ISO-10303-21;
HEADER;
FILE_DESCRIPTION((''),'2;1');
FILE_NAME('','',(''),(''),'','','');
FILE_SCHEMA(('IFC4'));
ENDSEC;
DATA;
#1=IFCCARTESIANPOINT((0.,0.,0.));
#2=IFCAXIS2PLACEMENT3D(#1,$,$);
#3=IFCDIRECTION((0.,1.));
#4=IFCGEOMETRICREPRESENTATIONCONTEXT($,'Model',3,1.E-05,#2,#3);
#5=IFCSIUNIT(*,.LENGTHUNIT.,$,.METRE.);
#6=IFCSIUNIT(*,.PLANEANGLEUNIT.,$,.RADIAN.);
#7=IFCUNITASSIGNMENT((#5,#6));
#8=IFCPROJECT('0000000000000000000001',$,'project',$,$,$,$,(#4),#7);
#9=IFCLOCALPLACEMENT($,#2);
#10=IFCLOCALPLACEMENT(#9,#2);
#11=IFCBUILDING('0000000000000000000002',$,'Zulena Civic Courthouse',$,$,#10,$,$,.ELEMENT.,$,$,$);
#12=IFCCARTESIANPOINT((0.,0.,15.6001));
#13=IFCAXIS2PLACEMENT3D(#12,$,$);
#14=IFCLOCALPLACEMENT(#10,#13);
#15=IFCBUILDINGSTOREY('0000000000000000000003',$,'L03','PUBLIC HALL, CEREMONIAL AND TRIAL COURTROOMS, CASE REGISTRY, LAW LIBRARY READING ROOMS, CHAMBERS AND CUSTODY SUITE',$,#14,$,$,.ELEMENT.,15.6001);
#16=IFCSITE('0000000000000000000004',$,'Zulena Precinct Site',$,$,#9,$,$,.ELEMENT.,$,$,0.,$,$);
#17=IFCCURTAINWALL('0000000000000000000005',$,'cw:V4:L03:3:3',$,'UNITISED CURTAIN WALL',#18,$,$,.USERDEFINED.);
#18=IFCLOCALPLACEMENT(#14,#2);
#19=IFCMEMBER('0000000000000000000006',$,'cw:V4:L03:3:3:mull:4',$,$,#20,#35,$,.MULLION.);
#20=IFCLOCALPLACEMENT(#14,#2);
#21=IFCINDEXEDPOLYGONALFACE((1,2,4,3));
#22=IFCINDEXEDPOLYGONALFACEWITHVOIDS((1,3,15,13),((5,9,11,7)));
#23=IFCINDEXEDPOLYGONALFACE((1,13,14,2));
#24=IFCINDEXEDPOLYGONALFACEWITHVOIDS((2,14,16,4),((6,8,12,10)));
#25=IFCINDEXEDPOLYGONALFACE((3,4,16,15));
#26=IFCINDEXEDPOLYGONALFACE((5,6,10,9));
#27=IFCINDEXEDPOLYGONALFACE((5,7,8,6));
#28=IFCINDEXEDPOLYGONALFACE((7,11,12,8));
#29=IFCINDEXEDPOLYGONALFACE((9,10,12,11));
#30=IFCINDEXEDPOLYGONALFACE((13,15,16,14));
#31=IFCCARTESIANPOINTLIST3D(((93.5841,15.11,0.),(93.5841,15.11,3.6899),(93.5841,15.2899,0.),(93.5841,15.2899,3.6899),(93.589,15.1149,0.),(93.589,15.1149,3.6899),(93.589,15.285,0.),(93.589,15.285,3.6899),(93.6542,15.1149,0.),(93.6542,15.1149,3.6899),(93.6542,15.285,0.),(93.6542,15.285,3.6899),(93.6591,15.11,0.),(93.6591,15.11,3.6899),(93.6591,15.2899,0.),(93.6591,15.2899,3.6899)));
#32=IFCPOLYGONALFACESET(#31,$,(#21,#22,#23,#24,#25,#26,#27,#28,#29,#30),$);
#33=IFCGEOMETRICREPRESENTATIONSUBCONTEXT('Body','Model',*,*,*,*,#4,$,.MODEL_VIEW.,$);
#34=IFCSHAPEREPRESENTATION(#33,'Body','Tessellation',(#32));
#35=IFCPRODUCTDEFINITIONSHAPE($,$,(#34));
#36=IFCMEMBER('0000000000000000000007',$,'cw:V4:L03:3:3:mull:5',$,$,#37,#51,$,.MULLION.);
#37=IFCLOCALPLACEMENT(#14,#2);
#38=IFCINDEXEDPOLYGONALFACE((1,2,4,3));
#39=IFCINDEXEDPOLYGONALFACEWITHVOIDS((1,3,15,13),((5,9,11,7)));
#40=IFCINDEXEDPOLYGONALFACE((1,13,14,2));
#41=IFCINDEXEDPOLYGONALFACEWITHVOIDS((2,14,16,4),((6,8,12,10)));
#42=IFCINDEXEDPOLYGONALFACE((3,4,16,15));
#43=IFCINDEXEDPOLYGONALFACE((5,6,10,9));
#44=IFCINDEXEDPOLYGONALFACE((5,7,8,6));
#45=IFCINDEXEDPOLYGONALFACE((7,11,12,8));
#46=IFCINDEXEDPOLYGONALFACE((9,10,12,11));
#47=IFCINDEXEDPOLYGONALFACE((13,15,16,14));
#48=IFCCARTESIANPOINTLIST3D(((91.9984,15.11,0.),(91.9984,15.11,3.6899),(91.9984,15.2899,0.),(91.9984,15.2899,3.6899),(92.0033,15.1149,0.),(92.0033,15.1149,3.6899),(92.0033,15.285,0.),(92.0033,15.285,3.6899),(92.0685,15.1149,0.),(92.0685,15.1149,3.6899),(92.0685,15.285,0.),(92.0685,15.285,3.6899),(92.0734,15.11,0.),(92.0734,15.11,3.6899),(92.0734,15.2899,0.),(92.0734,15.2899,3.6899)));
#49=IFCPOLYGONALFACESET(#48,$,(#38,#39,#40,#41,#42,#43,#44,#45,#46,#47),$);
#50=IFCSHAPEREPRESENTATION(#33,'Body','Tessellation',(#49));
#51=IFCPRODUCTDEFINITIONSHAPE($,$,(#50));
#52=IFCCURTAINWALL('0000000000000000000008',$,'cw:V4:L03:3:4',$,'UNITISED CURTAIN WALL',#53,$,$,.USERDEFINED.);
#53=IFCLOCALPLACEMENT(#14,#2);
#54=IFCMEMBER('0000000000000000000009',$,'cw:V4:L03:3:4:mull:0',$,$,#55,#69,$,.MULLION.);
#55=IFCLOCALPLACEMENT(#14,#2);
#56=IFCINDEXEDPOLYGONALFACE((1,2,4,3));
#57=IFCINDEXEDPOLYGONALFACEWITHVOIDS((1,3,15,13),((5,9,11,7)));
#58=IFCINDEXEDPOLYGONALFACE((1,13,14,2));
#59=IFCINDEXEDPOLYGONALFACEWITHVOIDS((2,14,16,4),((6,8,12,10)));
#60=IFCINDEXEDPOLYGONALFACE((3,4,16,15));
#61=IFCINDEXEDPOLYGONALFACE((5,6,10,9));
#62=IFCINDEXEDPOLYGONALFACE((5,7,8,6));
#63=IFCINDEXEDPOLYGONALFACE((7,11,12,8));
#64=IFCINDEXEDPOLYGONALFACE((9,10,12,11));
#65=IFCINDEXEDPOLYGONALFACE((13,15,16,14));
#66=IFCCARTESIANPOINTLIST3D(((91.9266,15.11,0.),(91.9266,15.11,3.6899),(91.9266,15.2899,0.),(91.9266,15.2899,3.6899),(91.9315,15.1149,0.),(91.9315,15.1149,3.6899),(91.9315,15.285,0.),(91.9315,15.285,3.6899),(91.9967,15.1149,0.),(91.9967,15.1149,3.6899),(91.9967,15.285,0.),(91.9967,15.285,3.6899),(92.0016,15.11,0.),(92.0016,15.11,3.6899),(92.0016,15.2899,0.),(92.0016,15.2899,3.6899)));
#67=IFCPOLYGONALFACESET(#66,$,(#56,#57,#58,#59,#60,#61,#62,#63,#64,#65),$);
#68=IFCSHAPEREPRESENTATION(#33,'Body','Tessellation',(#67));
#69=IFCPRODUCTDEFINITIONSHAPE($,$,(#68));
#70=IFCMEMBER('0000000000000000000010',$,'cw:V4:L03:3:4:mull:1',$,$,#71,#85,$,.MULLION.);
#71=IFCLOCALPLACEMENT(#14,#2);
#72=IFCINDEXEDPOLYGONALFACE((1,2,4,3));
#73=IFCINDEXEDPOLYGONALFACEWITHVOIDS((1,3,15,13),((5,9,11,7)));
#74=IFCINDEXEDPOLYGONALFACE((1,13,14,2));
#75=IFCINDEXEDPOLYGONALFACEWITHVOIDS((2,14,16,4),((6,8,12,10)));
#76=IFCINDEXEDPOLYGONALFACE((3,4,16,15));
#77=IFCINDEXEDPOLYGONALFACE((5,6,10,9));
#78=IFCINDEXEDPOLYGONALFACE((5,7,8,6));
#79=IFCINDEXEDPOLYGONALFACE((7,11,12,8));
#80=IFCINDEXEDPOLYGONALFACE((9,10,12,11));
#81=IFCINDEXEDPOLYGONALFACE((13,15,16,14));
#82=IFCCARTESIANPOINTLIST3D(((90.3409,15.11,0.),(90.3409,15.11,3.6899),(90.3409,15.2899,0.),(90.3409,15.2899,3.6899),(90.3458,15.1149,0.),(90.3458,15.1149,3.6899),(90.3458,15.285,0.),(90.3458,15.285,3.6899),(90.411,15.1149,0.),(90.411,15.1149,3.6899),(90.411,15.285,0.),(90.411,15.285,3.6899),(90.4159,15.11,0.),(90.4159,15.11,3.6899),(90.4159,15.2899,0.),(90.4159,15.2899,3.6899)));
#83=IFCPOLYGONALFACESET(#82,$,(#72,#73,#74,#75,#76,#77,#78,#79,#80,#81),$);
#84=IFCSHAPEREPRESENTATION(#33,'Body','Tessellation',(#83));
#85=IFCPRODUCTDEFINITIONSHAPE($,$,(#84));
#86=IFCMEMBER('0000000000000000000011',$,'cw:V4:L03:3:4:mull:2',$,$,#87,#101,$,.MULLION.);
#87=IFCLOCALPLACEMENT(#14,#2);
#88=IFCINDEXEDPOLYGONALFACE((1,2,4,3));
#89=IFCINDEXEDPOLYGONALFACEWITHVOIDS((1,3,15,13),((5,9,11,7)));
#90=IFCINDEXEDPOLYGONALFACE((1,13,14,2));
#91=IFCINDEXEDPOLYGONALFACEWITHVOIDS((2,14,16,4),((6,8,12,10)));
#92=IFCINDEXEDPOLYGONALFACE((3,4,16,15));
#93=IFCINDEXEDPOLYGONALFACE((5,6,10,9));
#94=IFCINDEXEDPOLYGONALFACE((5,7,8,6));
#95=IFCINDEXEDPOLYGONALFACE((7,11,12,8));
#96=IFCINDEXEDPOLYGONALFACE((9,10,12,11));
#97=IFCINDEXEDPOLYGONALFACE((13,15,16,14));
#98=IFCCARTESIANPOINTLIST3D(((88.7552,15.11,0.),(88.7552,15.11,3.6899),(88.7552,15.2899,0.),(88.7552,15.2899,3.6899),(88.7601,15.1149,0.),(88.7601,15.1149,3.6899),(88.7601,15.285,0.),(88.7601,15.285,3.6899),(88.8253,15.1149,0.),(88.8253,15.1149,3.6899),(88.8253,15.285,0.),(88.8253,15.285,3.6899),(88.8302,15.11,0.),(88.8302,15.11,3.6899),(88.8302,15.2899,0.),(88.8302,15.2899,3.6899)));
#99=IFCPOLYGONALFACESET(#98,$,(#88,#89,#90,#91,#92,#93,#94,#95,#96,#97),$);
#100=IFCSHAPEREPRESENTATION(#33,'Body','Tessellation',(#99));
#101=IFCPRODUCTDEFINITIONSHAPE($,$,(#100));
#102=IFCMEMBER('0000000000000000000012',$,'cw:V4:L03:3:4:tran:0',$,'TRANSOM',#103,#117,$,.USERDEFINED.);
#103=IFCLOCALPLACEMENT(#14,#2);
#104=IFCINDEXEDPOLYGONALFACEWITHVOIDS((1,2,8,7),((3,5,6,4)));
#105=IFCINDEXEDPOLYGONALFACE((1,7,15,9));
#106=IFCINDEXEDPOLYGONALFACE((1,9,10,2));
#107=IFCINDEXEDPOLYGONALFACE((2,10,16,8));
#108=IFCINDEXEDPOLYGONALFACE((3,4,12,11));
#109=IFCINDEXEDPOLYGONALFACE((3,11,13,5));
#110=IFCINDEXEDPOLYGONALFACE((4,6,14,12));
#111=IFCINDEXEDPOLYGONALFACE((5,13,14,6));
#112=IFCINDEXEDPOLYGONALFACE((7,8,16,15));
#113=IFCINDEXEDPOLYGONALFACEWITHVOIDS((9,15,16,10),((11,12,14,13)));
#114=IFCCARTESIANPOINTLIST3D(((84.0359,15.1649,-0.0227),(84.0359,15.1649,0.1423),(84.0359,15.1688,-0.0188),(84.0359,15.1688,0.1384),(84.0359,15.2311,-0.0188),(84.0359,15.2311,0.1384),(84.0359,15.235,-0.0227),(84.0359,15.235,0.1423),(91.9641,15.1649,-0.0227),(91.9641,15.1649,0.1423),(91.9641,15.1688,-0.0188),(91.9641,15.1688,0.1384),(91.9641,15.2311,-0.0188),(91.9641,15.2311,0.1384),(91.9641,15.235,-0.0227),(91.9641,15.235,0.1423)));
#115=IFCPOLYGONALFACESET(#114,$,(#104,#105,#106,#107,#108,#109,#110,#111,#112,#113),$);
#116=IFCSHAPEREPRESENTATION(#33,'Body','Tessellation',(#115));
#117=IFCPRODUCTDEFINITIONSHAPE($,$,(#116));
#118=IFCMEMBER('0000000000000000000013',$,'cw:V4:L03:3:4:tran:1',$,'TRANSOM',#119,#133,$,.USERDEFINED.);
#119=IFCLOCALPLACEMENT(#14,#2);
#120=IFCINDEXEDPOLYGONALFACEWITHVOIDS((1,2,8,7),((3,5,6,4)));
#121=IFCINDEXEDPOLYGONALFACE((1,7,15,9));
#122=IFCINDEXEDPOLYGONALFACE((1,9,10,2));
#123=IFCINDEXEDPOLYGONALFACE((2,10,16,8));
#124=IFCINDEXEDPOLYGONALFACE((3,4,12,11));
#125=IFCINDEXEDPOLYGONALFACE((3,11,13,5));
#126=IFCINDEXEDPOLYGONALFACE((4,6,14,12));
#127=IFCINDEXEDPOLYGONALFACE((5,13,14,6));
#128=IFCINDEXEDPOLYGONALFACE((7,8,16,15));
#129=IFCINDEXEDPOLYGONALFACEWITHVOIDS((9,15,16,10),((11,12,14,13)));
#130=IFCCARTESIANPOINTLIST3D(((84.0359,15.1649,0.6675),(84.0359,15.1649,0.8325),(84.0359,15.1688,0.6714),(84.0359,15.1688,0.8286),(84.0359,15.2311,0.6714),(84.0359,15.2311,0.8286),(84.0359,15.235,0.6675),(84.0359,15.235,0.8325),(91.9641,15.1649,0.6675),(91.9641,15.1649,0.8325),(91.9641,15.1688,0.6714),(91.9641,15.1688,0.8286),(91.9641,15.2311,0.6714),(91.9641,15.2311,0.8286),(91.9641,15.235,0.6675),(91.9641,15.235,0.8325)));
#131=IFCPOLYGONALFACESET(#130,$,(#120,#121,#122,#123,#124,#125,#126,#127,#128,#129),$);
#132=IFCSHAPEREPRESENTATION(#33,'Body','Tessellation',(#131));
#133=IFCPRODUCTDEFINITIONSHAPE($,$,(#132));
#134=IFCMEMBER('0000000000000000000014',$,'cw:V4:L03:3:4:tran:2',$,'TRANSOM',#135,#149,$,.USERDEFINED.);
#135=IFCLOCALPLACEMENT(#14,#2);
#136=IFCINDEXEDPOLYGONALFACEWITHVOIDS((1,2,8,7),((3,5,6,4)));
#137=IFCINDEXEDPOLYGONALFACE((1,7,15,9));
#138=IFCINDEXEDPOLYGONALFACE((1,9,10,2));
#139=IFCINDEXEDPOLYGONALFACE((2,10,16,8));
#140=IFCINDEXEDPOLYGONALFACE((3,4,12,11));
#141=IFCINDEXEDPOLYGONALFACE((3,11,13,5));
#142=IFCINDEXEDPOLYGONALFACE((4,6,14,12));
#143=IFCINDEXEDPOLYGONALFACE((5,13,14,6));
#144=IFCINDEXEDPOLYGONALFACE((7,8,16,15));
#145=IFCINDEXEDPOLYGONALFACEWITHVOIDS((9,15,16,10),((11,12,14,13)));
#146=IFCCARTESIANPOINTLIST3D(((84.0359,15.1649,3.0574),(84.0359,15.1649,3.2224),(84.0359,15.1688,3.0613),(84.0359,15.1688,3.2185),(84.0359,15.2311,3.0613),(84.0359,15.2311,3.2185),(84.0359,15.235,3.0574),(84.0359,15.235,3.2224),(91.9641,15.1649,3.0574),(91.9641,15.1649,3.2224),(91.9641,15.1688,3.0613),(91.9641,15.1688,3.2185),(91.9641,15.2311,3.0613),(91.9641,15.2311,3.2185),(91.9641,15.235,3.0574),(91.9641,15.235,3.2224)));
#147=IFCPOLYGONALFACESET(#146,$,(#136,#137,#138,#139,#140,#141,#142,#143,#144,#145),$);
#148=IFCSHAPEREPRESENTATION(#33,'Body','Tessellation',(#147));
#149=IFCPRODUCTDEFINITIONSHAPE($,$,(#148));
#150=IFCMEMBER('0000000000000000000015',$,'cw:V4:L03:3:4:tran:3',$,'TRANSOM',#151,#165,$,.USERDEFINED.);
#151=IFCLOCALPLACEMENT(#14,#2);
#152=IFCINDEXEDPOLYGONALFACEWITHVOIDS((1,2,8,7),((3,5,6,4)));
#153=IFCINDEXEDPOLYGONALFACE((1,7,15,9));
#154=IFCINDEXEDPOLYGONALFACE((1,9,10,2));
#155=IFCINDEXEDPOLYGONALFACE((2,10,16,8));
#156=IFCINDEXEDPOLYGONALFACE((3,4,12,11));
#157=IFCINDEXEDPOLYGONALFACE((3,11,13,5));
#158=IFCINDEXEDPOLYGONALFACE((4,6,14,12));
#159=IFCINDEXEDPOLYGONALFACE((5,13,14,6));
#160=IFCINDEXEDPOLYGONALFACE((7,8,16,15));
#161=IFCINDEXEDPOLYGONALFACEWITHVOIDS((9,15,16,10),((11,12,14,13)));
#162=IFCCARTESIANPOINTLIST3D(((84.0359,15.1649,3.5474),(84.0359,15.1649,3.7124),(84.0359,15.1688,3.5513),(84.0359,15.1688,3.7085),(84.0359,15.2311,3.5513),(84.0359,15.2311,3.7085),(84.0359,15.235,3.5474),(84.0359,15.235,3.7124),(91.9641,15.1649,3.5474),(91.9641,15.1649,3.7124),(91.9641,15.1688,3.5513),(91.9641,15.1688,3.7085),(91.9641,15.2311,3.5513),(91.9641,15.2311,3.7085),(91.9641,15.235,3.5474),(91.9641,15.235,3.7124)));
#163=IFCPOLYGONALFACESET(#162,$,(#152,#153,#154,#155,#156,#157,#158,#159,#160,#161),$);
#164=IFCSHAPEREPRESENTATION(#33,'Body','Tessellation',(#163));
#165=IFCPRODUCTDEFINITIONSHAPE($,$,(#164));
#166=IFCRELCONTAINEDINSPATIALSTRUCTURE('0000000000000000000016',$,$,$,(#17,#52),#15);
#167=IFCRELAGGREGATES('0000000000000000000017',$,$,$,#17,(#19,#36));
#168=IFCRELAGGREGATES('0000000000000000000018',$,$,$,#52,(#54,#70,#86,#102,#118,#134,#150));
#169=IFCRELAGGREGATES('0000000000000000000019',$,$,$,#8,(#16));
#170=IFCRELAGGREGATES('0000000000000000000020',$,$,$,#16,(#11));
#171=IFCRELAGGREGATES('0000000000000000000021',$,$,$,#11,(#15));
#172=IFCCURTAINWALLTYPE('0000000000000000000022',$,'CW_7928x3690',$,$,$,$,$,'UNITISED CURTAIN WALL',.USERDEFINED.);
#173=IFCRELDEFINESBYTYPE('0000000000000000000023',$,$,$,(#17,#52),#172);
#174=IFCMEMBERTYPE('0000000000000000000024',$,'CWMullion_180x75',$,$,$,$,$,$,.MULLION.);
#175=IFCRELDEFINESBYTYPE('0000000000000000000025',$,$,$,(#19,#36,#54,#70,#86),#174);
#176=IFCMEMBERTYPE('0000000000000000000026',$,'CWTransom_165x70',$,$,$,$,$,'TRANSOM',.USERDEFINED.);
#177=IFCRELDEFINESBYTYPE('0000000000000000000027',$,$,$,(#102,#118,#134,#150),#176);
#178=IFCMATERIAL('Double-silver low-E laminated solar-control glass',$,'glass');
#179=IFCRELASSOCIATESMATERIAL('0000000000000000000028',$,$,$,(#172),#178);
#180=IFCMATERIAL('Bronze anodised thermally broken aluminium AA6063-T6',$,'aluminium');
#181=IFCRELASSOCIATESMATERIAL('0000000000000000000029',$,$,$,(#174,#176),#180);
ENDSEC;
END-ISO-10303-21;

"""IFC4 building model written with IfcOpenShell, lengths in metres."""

from ifc_helpers import new_model, si_unit, direction, frame, origin, origin_2d, place, context, subcontext, project, spatial, hollow_rectangle, extrude, material, material_profile, profile_set, type_object, element, aggregate, save


model = new_model("IFC4")

# Units and contexts
model_context = context("Model", 3, precision=1e-05, world=origin(), true_north=direction((0.0, 1.0)))
body_context = subcontext(model_context, "Body", "Model", "MODEL_VIEW")
ifc_project = project(units=[si_unit("LENGTHUNIT", "METRE"), si_unit("PLANEANGLEUNIT", "RADIAN")], contexts=[model_context])

# Site, building, storey
site_placement = place(None, origin())
site = spatial("IfcSite", under=ifc_project, at=site_placement, Name="Zulena Precinct Site", CompositionType="ELEMENT", RefElevation=0.0)
building_placement = place(site_placement, origin())
building = spatial("IfcBuilding", under=site, at=building_placement, Name="Zulena Civic Courthouse", CompositionType="ELEMENT")
storey_placement = place(building_placement, frame((0.0, 0.0, 15.6001)))
storey = spatial("IfcBuildingStorey", under=building, at=storey_placement, Name="L03", Description="PUBLIC HALL, CEREMONIAL AND TRIAL COURTROOMS, CASE REGISTRY, LAW LIBRARY READING ROOMS, CHAMBERS AND CUSTODY SUITE", CompositionType="ELEMENT", Elevation=15.6001)

# Curtain walls, members
ifc_material_1 = material(Name="Double-silver low-E laminated solar-control glass", Category="glass")
curtain_wall_type = type_object("IfcCurtainWallType", Name="CW_7928x3690", ElementType="UNITISED CURTAIN WALL", PredefinedType="USERDEFINED", material=ifc_material_1)
curtain_wall_1_placement = place(storey_placement, origin())
curtain_wall_1 = element("IfcCurtainWall", 1, at=curtain_wall_1_placement, inside=storey, type_object=curtain_wall_type, Name="cw:V4:L03:3:3", ObjectType="UNITISED CURTAIN WALL", PredefinedType="USERDEFINED")
ifc_material_2 = material(Name="Bronze anodised thermally broken aluminium AA6063-T6", Category="aluminium")
ifc_material_profile_1 = material_profile(ifc_material_2, hollow_rectangle(XDim=0.075, YDim=0.1799, WallThickness=0.0049, at=origin_2d()), Name="CWM180X75X5")
ifc_profile_set_1 = profile_set([ifc_material_profile_1], Name="Bronze anodised thermally broken aluminium AA6063-T6")
member_type_1 = type_object("IfcMemberType", Name="CWMullion_180x75", PredefinedType="MULLION", material=ifc_profile_set_1)
member_1_placement = place(storey_placement, frame((93.6216, 15.2, 0.0), z_axis=(0.0, 0.0, 1.0), x_axis=(1.0, 0.0, 0.0)))
member_1 = element("IfcMember", 2, at=member_1_placement, type_object=member_type_1, Name="cw:V4:L03:3:3:mull:4", PredefinedType="MULLION", context=body_context, shape_type="SweptSolid", body=[
    extrude(hollow_rectangle(XDim=0.075, YDim=0.1799, WallThickness=0.0049, at=origin_2d()), origin(), (0.0, 0.0, 1.0), 3.6899),
])
member_2_placement = place(storey_placement, frame((92.0359, 15.2, 0.0), z_axis=(0.0, 0.0, 1.0), x_axis=(1.0, 0.0, 0.0)))
member_2 = element("IfcMember", 3, at=member_2_placement, type_object=member_type_1, Name="cw:V4:L03:3:3:mull:5", PredefinedType="MULLION", context=body_context, shape_type="SweptSolid", body=[
    extrude(hollow_rectangle(XDim=0.075, YDim=0.1799, WallThickness=0.0049, at=origin_2d()), origin(), (0.0, 0.0, 1.0), 3.6899),
])
curtain_wall_2_placement = place(storey_placement, origin())
curtain_wall_2 = element("IfcCurtainWall", 4, at=curtain_wall_2_placement, inside=storey, type_object=curtain_wall_type, Name="cw:V4:L03:3:4", ObjectType="UNITISED CURTAIN WALL", PredefinedType="USERDEFINED")
member_3_placement = place(storey_placement, frame((91.9641, 15.2, 0.0), z_axis=(0.0, 0.0, 1.0), x_axis=(1.0, 0.0, 0.0)))
member_3 = element("IfcMember", 5, at=member_3_placement, type_object=member_type_1, Name="cw:V4:L03:3:4:mull:0", PredefinedType="MULLION", context=body_context, shape_type="SweptSolid", body=[
    extrude(hollow_rectangle(XDim=0.075, YDim=0.1799, WallThickness=0.0049, at=origin_2d()), origin(), (0.0, 0.0, 1.0), 3.6899),
])
member_4_placement = place(storey_placement, frame((90.3784, 15.2, 0.0), z_axis=(0.0, 0.0, 1.0), x_axis=(1.0, 0.0, 0.0)))
member_4 = element("IfcMember", 6, at=member_4_placement, type_object=member_type_1, Name="cw:V4:L03:3:4:mull:1", PredefinedType="MULLION", context=body_context, shape_type="SweptSolid", body=[
    extrude(hollow_rectangle(XDim=0.075, YDim=0.1799, WallThickness=0.0049, at=origin_2d()), origin(), (0.0, 0.0, 1.0), 3.6899),
])
member_5_placement = place(storey_placement, frame((88.7927, 15.2, 0.0), z_axis=(0.0, 0.0, 1.0), x_axis=(1.0, 0.0, 0.0)))
member_5 = element("IfcMember", 7, at=member_5_placement, type_object=member_type_1, Name="cw:V4:L03:3:4:mull:2", PredefinedType="MULLION", context=body_context, shape_type="SweptSolid", body=[
    extrude(hollow_rectangle(XDim=0.075, YDim=0.1799, WallThickness=0.0049, at=origin_2d()), origin(), (0.0, 0.0, 1.0), 3.6899),
])
ifc_material_profile_2 = material_profile(ifc_material_2, hollow_rectangle(XDim=0.0701, YDim=0.165, WallThickness=0.0039, at=origin_2d()), Name="CWT165X70X4")
ifc_profile_set_2 = profile_set([ifc_material_profile_2], Name="Bronze anodised thermally broken aluminium AA6063-T6")
member_type_2 = type_object("IfcMemberType", Name="CWTransom_165x70", ElementType="TRANSOM", PredefinedType="USERDEFINED", material=ifc_profile_set_2)
member_6_placement = place(storey_placement, frame((91.9641, 15.2, 0.0598), z_axis=(-1.0, 0.0, 0.0), x_axis=(0.0, -1.0, 0.0)))
member_6 = element("IfcMember", 8, at=member_6_placement, type_object=member_type_2, Name="cw:V4:L03:3:4:tran:0", ObjectType="TRANSOM", PredefinedType="USERDEFINED", context=body_context, shape_type="SweptSolid", body=[
    extrude(hollow_rectangle(XDim=0.0701, YDim=0.165, WallThickness=0.0039, at=origin_2d()), origin(), (0.0, 0.0, 1.0), 7.9282),
])
member_7_placement = place(storey_placement, frame((91.9641, 15.2, 0.75), z_axis=(-1.0, 0.0, 0.0), x_axis=(0.0, -1.0, 0.0)))
member_7 = element("IfcMember", 9, at=member_7_placement, type_object=member_type_2, Name="cw:V4:L03:3:4:tran:1", ObjectType="TRANSOM", PredefinedType="USERDEFINED", context=body_context, shape_type="SweptSolid", body=[
    extrude(hollow_rectangle(XDim=0.0701, YDim=0.165, WallThickness=0.0039, at=origin_2d()), origin(), (0.0, 0.0, 1.0), 7.9282),
])
member_8_placement = place(storey_placement, frame((91.9641, 15.2, 3.1399), z_axis=(-1.0, 0.0, 0.0), x_axis=(0.0, -1.0, 0.0)))
member_8 = element("IfcMember", 10, at=member_8_placement, type_object=member_type_2, Name="cw:V4:L03:3:4:tran:2", ObjectType="TRANSOM", PredefinedType="USERDEFINED", context=body_context, shape_type="SweptSolid", body=[
    extrude(hollow_rectangle(XDim=0.0701, YDim=0.165, WallThickness=0.0039, at=origin_2d()), origin(), (0.0, 0.0, 1.0), 7.9282),
])
member_9_placement = place(storey_placement, frame((91.9641, 15.2, 3.6299), z_axis=(-1.0, 0.0, 0.0), x_axis=(0.0, -1.0, 0.0)))
member_9 = element("IfcMember", 11, at=member_9_placement, type_object=member_type_2, Name="cw:V4:L03:3:4:tran:3", ObjectType="TRANSOM", PredefinedType="USERDEFINED", context=body_context, shape_type="SweptSolid", body=[
    extrude(hollow_rectangle(XDim=0.0701, YDim=0.165, WallThickness=0.0039, at=origin_2d()), origin(), (0.0, 0.0, 1.0), 7.9282),
])

aggregate(curtain_wall_1, [member_1, member_2])
aggregate(curtain_wall_2, [member_3, member_4, member_5, member_6, member_7, member_8, member_9])

save(model, "model.ifc")
